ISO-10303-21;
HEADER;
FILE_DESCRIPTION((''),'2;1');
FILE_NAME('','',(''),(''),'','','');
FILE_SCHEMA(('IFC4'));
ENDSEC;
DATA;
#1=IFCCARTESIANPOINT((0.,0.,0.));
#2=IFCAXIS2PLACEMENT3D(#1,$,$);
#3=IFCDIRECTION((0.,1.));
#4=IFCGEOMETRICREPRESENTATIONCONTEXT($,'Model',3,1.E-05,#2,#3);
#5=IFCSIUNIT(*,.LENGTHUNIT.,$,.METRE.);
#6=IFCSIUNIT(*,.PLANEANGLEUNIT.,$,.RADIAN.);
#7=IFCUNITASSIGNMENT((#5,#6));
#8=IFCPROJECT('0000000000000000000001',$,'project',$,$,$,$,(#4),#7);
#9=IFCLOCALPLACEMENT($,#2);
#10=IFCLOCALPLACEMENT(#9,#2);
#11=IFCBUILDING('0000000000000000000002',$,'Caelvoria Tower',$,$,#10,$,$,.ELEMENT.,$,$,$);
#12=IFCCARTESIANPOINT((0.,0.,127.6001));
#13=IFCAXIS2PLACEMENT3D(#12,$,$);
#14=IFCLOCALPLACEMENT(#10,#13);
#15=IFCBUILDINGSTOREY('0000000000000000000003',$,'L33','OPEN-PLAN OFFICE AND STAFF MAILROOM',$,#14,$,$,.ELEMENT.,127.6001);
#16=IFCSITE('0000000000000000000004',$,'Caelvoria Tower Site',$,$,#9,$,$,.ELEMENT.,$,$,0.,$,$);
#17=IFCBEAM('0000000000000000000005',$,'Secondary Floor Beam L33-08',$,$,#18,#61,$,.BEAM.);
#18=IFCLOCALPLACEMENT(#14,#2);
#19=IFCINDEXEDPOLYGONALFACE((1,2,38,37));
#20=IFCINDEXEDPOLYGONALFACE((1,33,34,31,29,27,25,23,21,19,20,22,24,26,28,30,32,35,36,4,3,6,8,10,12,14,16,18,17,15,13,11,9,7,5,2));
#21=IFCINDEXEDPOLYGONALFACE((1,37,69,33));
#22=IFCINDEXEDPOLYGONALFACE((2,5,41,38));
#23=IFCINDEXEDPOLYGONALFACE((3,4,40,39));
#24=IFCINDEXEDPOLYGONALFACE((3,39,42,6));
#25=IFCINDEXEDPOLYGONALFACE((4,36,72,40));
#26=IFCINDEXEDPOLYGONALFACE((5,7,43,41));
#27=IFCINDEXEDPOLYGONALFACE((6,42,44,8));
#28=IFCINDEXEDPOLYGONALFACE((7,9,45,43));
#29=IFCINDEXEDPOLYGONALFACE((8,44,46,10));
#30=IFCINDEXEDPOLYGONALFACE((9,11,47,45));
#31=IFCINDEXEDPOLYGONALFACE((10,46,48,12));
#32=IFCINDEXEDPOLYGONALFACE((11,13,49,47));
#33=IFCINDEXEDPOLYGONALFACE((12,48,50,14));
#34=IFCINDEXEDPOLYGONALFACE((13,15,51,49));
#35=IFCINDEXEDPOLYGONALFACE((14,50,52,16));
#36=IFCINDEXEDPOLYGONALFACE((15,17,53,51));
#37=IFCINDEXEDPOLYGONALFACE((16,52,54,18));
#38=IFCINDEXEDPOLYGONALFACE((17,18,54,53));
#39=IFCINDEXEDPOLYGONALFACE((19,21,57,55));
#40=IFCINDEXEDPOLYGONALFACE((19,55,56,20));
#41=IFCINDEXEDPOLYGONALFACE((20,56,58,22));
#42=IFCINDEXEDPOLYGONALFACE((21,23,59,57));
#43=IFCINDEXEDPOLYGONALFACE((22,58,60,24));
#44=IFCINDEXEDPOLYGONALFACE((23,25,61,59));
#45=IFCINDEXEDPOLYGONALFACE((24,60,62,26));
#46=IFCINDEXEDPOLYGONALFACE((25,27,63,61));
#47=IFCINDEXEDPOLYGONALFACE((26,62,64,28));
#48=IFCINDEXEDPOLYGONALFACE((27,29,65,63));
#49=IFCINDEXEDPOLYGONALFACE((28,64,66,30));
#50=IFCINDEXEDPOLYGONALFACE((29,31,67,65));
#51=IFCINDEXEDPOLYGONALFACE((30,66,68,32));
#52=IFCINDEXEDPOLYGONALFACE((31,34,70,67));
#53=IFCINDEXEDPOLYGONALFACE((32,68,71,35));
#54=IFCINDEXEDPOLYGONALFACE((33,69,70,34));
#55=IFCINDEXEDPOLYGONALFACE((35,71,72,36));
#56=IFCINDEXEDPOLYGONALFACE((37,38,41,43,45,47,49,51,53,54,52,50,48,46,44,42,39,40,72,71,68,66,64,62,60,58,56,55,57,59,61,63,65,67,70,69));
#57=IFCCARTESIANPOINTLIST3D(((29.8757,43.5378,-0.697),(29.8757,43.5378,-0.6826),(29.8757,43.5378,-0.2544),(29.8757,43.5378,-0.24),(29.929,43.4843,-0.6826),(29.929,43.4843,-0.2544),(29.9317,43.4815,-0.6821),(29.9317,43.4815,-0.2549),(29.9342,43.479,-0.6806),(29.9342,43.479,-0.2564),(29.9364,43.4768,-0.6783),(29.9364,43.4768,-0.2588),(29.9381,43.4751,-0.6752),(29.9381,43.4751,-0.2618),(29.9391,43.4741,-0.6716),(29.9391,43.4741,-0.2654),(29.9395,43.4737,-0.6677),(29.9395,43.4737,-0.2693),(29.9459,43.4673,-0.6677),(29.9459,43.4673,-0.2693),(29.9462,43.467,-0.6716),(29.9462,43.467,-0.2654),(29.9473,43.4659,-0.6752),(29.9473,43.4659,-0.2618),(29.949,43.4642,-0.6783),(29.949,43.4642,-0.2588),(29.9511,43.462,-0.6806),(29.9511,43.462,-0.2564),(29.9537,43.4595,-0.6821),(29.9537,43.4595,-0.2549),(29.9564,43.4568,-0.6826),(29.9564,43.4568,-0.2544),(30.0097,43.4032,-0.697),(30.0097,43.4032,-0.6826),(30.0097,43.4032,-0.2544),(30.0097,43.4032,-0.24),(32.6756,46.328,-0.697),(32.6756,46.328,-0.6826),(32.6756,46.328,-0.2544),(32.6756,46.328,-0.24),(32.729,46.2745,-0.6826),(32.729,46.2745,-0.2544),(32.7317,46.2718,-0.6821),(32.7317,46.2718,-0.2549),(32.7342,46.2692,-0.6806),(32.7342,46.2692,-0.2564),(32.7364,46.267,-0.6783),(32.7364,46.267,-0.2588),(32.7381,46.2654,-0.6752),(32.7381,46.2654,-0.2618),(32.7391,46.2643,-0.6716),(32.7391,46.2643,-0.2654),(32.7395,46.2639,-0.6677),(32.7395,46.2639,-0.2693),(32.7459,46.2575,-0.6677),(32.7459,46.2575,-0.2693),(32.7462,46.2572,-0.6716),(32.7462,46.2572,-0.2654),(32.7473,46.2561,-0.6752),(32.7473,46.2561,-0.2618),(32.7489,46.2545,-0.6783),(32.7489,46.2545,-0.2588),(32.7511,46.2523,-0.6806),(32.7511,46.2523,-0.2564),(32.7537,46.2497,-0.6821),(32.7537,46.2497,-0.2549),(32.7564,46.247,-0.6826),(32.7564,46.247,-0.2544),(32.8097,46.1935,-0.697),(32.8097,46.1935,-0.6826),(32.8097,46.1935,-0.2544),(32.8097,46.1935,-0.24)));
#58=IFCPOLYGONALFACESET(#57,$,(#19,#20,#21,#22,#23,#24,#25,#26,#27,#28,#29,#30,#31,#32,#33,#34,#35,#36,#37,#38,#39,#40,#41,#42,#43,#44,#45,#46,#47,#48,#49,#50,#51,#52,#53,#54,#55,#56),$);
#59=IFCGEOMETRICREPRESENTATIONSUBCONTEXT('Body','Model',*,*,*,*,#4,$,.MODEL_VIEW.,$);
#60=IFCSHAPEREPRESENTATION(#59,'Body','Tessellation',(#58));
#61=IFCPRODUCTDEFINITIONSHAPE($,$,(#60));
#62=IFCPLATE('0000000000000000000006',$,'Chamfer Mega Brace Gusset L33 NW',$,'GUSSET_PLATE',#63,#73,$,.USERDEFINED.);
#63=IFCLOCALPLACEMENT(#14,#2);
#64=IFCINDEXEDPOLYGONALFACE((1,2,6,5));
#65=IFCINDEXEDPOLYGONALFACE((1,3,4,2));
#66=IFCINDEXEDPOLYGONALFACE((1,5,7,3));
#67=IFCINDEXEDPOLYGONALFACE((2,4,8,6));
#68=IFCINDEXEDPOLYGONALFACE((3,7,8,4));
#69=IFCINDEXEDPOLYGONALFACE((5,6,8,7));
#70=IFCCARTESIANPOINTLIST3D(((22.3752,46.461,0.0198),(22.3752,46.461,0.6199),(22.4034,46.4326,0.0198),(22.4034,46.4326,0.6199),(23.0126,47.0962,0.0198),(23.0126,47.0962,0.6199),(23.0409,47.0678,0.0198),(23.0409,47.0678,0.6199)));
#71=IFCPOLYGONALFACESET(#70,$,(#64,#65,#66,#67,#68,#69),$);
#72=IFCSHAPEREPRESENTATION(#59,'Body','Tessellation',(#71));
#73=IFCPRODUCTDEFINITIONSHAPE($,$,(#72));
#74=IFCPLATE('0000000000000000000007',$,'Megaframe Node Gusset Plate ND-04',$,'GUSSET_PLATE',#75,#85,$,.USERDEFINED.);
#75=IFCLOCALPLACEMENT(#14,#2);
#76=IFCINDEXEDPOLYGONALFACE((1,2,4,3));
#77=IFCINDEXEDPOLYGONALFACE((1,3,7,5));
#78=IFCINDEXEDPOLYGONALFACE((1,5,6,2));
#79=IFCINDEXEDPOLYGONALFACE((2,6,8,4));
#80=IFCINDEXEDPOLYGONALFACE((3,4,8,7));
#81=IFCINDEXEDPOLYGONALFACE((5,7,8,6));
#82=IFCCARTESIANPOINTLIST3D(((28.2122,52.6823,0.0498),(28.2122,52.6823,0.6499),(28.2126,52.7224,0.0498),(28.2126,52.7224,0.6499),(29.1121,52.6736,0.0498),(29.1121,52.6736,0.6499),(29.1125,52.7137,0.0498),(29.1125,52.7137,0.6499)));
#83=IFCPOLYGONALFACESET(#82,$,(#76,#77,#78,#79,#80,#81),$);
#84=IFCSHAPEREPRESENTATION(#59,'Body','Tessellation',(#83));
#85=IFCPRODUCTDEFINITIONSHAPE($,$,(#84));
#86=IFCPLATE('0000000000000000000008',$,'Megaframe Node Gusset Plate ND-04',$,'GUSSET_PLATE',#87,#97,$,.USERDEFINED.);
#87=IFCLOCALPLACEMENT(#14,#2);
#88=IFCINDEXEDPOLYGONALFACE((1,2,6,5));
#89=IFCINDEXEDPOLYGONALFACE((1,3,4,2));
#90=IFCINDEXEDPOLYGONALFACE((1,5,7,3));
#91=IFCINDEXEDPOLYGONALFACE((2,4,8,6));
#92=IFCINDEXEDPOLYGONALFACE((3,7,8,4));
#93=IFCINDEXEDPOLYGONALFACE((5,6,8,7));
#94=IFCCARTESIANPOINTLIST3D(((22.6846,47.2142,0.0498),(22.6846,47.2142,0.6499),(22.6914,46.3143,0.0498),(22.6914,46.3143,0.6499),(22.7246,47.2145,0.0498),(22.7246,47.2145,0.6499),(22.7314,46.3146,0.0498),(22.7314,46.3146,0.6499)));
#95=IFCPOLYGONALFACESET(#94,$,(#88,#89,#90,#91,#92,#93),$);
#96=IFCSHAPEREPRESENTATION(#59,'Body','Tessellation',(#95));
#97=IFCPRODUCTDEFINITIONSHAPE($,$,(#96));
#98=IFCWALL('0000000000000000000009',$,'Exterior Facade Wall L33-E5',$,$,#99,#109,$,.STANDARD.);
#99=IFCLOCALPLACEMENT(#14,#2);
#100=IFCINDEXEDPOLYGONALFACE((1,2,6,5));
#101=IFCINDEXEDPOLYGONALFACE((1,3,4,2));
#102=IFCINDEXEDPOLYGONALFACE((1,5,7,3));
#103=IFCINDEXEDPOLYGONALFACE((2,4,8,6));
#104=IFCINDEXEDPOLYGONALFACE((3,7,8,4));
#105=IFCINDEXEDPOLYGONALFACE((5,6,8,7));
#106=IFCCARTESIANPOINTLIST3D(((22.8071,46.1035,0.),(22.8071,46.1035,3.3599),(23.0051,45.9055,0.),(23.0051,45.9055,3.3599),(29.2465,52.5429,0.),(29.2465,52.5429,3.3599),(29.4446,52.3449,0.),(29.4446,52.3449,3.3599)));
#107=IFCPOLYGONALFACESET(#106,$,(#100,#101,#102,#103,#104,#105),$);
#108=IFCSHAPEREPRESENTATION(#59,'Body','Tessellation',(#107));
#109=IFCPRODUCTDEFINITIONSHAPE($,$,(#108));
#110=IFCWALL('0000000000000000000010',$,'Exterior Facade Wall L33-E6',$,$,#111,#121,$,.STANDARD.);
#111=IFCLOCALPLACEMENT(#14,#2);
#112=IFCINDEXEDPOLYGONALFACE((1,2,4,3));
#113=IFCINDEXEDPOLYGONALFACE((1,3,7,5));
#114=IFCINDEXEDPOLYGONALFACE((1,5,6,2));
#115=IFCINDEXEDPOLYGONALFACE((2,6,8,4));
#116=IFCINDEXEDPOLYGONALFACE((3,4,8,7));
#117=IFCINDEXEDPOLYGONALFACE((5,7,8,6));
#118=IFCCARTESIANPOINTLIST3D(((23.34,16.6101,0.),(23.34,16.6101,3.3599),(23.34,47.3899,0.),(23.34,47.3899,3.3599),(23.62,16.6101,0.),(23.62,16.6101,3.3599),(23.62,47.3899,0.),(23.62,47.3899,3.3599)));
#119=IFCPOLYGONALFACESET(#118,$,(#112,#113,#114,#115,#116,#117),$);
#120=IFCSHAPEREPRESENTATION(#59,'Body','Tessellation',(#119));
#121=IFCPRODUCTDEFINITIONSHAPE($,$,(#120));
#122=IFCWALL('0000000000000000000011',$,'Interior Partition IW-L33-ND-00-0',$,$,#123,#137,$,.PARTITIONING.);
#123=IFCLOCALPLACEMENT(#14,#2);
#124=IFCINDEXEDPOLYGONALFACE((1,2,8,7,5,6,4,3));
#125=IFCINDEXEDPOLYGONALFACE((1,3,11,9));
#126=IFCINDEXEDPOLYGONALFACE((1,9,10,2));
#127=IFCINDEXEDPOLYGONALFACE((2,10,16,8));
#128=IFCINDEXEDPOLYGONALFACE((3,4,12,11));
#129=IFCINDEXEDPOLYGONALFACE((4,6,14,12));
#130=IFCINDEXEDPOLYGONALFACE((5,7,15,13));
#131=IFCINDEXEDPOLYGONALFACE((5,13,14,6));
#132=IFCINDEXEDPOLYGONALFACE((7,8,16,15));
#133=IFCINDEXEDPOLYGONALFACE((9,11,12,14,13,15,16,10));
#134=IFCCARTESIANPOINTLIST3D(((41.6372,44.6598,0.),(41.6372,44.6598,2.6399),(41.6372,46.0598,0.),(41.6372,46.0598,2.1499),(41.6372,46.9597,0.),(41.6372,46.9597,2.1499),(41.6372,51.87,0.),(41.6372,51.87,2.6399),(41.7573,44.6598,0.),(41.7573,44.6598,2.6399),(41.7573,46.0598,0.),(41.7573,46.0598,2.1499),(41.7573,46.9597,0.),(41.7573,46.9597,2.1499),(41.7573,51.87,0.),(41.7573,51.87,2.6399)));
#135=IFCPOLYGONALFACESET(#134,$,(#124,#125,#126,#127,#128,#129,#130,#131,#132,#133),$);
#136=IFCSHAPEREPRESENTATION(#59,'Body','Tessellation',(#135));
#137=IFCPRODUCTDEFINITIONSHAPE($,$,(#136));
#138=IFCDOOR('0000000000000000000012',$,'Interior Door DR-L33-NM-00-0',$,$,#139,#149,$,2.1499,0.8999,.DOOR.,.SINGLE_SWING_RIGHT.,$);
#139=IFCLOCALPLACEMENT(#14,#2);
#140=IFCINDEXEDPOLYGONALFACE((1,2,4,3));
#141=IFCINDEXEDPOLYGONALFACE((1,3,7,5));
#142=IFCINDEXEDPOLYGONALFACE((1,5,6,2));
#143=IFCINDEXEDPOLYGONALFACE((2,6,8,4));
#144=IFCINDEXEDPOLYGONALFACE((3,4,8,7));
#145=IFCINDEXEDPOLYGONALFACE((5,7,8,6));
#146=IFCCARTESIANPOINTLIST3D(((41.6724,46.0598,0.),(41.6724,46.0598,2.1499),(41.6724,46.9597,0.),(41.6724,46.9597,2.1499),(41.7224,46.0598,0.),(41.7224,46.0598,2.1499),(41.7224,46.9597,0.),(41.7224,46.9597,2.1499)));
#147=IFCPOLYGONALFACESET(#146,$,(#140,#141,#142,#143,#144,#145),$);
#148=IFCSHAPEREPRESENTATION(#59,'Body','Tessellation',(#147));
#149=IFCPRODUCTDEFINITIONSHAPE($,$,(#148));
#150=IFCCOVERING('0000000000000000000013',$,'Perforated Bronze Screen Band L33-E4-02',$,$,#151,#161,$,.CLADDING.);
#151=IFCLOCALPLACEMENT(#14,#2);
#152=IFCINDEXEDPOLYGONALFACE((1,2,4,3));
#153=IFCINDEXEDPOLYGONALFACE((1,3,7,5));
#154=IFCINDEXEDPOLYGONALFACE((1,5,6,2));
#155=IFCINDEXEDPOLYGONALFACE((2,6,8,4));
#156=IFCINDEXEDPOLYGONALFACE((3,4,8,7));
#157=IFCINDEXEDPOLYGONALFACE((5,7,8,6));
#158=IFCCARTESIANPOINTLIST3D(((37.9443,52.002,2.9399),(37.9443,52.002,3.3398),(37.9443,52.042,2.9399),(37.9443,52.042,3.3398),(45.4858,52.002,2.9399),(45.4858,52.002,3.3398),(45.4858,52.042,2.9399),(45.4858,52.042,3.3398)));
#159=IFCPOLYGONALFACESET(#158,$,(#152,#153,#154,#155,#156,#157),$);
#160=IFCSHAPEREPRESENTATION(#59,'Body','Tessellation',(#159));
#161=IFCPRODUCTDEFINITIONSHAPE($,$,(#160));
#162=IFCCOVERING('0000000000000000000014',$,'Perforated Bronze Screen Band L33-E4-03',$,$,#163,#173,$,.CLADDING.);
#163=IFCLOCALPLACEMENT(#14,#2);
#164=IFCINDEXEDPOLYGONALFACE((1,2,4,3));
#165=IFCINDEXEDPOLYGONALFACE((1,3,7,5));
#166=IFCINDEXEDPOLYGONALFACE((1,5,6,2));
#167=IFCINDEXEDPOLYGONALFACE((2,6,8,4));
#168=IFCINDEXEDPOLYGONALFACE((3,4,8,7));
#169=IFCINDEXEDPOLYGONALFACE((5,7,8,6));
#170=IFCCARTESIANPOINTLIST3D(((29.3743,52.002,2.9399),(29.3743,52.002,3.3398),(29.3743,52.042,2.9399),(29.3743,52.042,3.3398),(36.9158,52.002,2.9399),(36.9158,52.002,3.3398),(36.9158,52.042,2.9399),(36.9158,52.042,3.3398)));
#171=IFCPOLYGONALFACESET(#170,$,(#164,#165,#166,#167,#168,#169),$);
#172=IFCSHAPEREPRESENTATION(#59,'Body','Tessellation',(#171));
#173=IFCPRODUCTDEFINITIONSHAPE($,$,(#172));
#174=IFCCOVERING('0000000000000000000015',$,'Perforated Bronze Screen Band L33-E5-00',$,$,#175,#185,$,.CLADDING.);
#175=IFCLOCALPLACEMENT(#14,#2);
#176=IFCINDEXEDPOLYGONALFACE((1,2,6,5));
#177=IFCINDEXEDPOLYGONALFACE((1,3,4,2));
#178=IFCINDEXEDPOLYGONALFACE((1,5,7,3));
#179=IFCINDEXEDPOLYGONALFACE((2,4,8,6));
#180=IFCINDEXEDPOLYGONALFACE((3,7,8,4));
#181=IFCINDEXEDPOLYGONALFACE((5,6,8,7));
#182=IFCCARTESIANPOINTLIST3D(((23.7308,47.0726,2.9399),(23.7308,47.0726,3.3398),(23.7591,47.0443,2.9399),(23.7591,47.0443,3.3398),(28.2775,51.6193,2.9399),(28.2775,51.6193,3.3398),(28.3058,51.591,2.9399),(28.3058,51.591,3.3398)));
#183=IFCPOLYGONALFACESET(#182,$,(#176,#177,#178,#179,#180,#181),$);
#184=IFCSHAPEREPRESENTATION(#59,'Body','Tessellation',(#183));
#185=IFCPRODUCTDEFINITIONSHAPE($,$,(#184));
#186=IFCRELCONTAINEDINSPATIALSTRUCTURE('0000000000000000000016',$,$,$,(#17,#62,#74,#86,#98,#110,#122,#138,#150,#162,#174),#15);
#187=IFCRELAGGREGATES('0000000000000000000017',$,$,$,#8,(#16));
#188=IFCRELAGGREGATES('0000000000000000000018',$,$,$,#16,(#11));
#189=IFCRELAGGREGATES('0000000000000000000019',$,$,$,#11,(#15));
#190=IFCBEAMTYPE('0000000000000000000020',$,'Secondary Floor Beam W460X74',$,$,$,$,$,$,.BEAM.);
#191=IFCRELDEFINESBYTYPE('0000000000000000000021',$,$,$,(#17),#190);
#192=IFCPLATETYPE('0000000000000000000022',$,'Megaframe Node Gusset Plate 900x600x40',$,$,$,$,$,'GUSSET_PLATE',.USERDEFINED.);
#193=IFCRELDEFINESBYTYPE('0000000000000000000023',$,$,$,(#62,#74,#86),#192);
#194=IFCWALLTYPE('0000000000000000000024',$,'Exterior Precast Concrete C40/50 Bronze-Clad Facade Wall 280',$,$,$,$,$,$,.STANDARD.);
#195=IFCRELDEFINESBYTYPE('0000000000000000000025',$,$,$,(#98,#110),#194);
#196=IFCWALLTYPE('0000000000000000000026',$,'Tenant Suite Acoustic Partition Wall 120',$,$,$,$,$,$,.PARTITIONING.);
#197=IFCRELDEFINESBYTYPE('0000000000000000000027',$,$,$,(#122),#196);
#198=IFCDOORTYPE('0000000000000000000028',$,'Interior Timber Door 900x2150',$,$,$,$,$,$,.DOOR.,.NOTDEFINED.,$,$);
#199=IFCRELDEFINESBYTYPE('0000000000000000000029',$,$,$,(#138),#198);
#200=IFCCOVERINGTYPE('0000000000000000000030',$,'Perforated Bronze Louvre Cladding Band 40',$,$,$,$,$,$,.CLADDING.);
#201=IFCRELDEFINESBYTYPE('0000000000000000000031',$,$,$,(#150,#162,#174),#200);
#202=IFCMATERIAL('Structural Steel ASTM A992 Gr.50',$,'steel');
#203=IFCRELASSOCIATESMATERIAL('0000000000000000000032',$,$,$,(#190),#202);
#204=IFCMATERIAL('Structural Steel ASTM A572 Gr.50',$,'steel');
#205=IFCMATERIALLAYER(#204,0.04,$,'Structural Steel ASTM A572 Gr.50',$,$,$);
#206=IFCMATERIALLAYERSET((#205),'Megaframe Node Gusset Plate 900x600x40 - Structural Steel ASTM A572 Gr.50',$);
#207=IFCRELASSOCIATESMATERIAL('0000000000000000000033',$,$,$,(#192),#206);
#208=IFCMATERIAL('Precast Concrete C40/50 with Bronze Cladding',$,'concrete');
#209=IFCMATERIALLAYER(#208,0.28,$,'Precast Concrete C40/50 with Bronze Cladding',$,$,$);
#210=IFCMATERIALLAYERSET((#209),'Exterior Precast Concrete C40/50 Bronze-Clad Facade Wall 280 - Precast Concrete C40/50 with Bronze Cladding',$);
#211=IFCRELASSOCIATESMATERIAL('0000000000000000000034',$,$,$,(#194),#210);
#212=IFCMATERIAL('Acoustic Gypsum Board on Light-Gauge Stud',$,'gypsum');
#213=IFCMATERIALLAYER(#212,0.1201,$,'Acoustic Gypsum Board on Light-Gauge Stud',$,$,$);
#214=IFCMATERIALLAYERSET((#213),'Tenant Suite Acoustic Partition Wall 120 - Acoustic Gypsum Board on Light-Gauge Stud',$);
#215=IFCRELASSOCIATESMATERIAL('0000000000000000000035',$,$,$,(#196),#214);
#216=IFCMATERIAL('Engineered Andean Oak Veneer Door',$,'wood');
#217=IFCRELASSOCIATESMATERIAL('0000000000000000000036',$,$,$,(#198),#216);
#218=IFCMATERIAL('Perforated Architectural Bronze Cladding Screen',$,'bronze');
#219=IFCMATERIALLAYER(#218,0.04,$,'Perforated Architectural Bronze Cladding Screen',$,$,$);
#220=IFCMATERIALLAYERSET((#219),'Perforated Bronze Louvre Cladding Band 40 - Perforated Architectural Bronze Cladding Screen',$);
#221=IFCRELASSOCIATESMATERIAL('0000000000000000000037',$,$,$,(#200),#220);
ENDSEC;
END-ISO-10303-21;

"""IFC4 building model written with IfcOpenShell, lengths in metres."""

from ifc_helpers import new_model, si_unit, direction, frame, frame_2d, origin, origin_2d, place, context, subcontext, project, spatial, rectangle, i_section, extrude, material, layer, layer_set, material_profile, profile_set, type_object, element, fill, save


model = new_model("IFC4")

# Units and contexts
model_context = context("Model", 3, precision=1e-05, world=origin(), true_north=direction((0.0, 1.0)))
body_context = subcontext(model_context, "Body", "Model", "MODEL_VIEW")
ifc_project = project(units=[si_unit("LENGTHUNIT", "METRE"), si_unit("PLANEANGLEUNIT", "RADIAN")], contexts=[model_context])

# Site, building, storey
site_placement = place(None, origin())
site = spatial("IfcSite", under=ifc_project, at=site_placement, Name="Caelvoria Tower Site", CompositionType="ELEMENT", RefElevation=0.0)
building_placement = place(site_placement, origin())
building = spatial("IfcBuilding", under=site, at=building_placement, Name="Caelvoria Tower", CompositionType="ELEMENT")
storey_placement = place(building_placement, frame((0.0, 0.0, 127.6001)))
storey = spatial("IfcBuildingStorey", under=building, at=storey_placement, Name="L33", Description="OPEN-PLAN OFFICE AND STAFF MAILROOM", CompositionType="ELEMENT", Elevation=127.6001)

# Shared definitions
ifc_material_1 = material(Name="Structural Steel ASTM A572 Gr.50", Category="steel")

# Beam
ifc_material_2 = material(Name="Structural Steel ASTM A992 Gr.50", Category="steel")
ifc_material_profile_1 = material_profile(ifc_material_2, i_section(OverallWidth=0.1899, OverallDepth=0.457, WebThickness=0.009, FlangeThickness=0.0144, FilletRadius=0.0149, at=origin_2d()), Name="Structural Steel ASTM A992 Gr.50")
ifc_profile_set_1 = profile_set([ifc_material_profile_1], Name="W460X74 - Structural Steel ASTM A992 Gr.50")
beam_type_1 = type_object("IfcBeamType", Name="Secondary Floor Beam W460X74", PredefinedType="BEAM", material=ifc_profile_set_1)
beam_1_placement = place(storey_placement, frame((32.7427, 46.2607, -0.4685), z_axis=(-0.708341, -0.70587, 0.0), x_axis=(0.70587, -0.708341, 0.0)))
element("IfcBeam", 1, at=beam_1_placement, inside=storey, type_object=beam_type_1, Name="Secondary Floor Beam L33-08", PredefinedType="BEAM", context=body_context, shape_type="SweptSolid", body=[
    extrude(i_section(OverallWidth=0.1899, OverallDepth=0.457, WebThickness=0.009, FlangeThickness=0.0144, FilletRadius=0.0149, at=origin_2d()), origin(), (0.0, 0.0, 1.0), 3.9529),
])

# Plates
ifc_layer_1 = layer(ifc_material_1, 0.04, Name="Structural Steel ASTM A572 Gr.50")
ifc_layer_set_1 = layer_set([ifc_layer_1], Name="Megaframe Node Gusset Plate 900x600x40 - Structural Steel ASTM A572 Gr.50")
plate_type = type_object("IfcPlateType", Name="Megaframe Node Gusset Plate 900x600x40", ElementType="GUSSET_PLATE", PredefinedType="USERDEFINED", material=ifc_layer_set_1)
for number, where, z_axis, x_axis, name in (
    (2, (22.708, 46.7644, 0.0198), (0.0, 0.0, 1.0), (0.708331, 0.70588, 0.0), "Chamfer Mega Brace Gusset L33 NW"),
    (3, (28.6624, 52.698, 0.0498), (0.0, 0.0, 1.0), (0.999953, -0.009695, 0.0), "Megaframe Node Gusset Plate ND-04"),
    (4, (22.708, 46.7644, 0.0498), (0.0, 0.0, 1.0), (0.007578, -0.999971, 0.0), "Megaframe Node Gusset Plate ND-04"),
):
    element("IfcPlate", number, at=place(storey_placement, frame(where, z_axis=z_axis, x_axis=x_axis)), inside=storey, type_object=plate_type, Name=name, ObjectType="GUSSET_PLATE", PredefinedType="USERDEFINED", context=body_context, shape_type="SweptSolid", body=[
        extrude(rectangle(XDim=0.8999, YDim=0.04, at=origin_2d()), origin(), (0.0, 0.0, 1.0), 0.6001),
    ])

# Walls
ifc_material_3 = material(Name="Precast Concrete C40/50 with Bronze Cladding", Category="concrete")
ifc_layer_2 = layer(ifc_material_3, 0.28, Name="Precast Concrete C40/50 with Bronze Cladding")
ifc_layer_set_2 = layer_set([ifc_layer_2], Name="Exterior Precast Concrete C40/50 Bronze-Clad Facade Wall 280 - Precast Concrete C40/50 with Bronze Cladding")
wall_type_1 = type_object("IfcWallType", Name="Exterior Precast Concrete C40/50 Bronze-Clad Facade Wall 280", PredefinedType="STANDARD", material=ifc_layer_set_2)
wall_1_placement = place(storey_placement, frame((29.3455, 52.4438, 0.0), z_axis=(0.0, 0.0, 1.0), x_axis=(-0.707107, -0.707107, 0.0)))
element("IfcWall", 5, at=wall_1_placement, inside=storey, type_object=wall_type_1, Name="Exterior Facade Wall L33-E5", PredefinedType="STANDARD", context=body_context, shape_type="SweptSolid", body=[
    extrude(rectangle(XDim=9.1067, YDim=0.28, at=frame_2d((4.5532, 0.0))), origin(), (0.0, 0.0, 1.0), 3.3599),
])
wall_2_placement = place(storey_placement, frame((23.48, 47.3899, 0.0), z_axis=(0.0, 0.0, 1.0), x_axis=(0.0, -1.0, 0.0)))
element("IfcWall", 6, at=wall_2_placement, inside=storey, type_object=wall_type_1, Name="Exterior Facade Wall L33-E6", PredefinedType="STANDARD", context=body_context, shape_type="SweptSolid", body=[
    extrude(rectangle(XDim=30.7798, YDim=0.28, at=frame_2d((15.3899, 0.0))), origin(), (0.0, 0.0, 1.0), 3.3599),
])

# Wall, opening, door
ifc_material_4 = material(Name="Acoustic Gypsum Board on Light-Gauge Stud", Category="gypsum")
ifc_layer_3 = layer(ifc_material_4, 0.1201, Name="Acoustic Gypsum Board on Light-Gauge Stud")
ifc_layer_set_3 = layer_set([ifc_layer_3], Name="Tenant Suite Acoustic Partition Wall 120 - Acoustic Gypsum Board on Light-Gauge Stud")
wall_type_2 = type_object("IfcWallType", Name="Tenant Suite Acoustic Partition Wall 120", PredefinedType="PARTITIONING", material=ifc_layer_set_3)
wall_3_placement = place(storey_placement, frame((41.6973, 44.6599, 0.0), z_axis=(0.0, 0.0, 1.0), x_axis=(0.0, 1.0, 0.0)))
wall_3 = element("IfcWall", 7, at=wall_3_placement, inside=storey, type_object=wall_type_2, Name="Interior Partition IW-L33-ND-00-0", PredefinedType="PARTITIONING", context=body_context, shape_type="SweptSolid", body=[
    extrude(rectangle(XDim=7.2102, YDim=0.1201, at=frame_2d((3.605, 0.0))), origin(), (0.0, 0.0, 1.0), 2.6399),
])
opening_placement = place(wall_3_placement, frame((1.3999, 0.0, 0.0)))
opening = element("IfcOpeningElement", 8, at=opening_placement, cuts=wall_3, PredefinedType="OPENING", context=body_context, shape_type="SweptSolid", body=[
    extrude(rectangle(XDim=0.8999, YDim=2.1499, at=frame_2d((0.45, 1.075))), frame((0.0, 0.0701, 0.0), z_axis=(0.0, -1.0, 0.0), x_axis=(1.0, 0.0, 0.0)), (0.0, 0.0, 1.0), 0.1401),
])
ifc_material_5 = material(Name="Engineered Andean Oak Veneer Door", Category="wood")
door_type = type_object("IfcDoorType", Name="Interior Timber Door 900x2150", OperationType="NOTDEFINED", PredefinedType="DOOR", material=ifc_material_5)
door_placement = place(opening_placement, origin())
door = element("IfcDoor", 9, at=door_placement, inside=storey, type_object=door_type, Name="Interior Door DR-L33-NM-00-0", OperationType="SINGLE_SWING_RIGHT", OverallHeight=2.1499, OverallWidth=0.8999, PredefinedType="DOOR", context=body_context, shape_type="SweptSolid", body=[
    extrude(rectangle(XDim=0.8999, YDim=2.1499, at=frame_2d((0.45, 1.075))), frame((0.0, 0.0249, 0.0), z_axis=(0.0, -1.0, 0.0), x_axis=(1.0, 0.0, 0.0)), (0.0, 0.0, 1.0), 0.05),
])
fill(opening, door)

# Coverings
ifc_material_6 = material(Name="Perforated Architectural Bronze Cladding Screen", Category="bronze")
ifc_layer_4 = layer(ifc_material_6, 0.04, Name="Perforated Architectural Bronze Cladding Screen")
ifc_layer_set_4 = layer_set([ifc_layer_4], Name="Perforated Bronze Louvre Cladding Band 40 - Perforated Architectural Bronze Cladding Screen")
covering_type = type_object("IfcCoveringType", Name="Perforated Bronze Louvre Cladding Band 40", PredefinedType="CLADDING", material=ifc_layer_set_4)
for number, where, z_axis, x_axis, name in (
    (10, (41.7151, 52.022, 2.9399), (0.0, 0.0, 1.0), (-1.0, 0.0, 0.0), "Perforated Bronze Screen Band L33-E4-02"),
    (11, (33.145, 52.022, 2.9399), (0.0, 0.0, 1.0), (-1.0, 0.0, 0.0), "Perforated Bronze Screen Band L33-E4-03"),
):
    element("IfcCovering", number, at=place(storey_placement, frame(where, z_axis=z_axis, x_axis=x_axis)), inside=storey, type_object=covering_type, Name=name, PredefinedType="CLADDING", context=body_context, shape_type="SweptSolid", body=[
        extrude(rectangle(XDim=7.5415, YDim=0.04, at=origin_2d()), origin(), (0.0, 0.0, 1.0), 0.3999),
    ])
covering_placement = place(storey_placement, frame((26.0183, 49.3318, 2.9399), z_axis=(0.0, 0.0, 1.0), x_axis=(-0.707107, -0.707107, 0.0)))
element("IfcCovering", 12, at=covering_placement, inside=storey, type_object=covering_type, Name="Perforated Bronze Screen Band L33-E5-00", PredefinedType="CLADDING", context=body_context, shape_type="SweptSolid", body=[
    extrude(rectangle(XDim=6.4299, YDim=0.04, at=origin_2d()), origin(), (0.0, 0.0, 1.0), 0.3999),
])

save(model, "model.ifc")
